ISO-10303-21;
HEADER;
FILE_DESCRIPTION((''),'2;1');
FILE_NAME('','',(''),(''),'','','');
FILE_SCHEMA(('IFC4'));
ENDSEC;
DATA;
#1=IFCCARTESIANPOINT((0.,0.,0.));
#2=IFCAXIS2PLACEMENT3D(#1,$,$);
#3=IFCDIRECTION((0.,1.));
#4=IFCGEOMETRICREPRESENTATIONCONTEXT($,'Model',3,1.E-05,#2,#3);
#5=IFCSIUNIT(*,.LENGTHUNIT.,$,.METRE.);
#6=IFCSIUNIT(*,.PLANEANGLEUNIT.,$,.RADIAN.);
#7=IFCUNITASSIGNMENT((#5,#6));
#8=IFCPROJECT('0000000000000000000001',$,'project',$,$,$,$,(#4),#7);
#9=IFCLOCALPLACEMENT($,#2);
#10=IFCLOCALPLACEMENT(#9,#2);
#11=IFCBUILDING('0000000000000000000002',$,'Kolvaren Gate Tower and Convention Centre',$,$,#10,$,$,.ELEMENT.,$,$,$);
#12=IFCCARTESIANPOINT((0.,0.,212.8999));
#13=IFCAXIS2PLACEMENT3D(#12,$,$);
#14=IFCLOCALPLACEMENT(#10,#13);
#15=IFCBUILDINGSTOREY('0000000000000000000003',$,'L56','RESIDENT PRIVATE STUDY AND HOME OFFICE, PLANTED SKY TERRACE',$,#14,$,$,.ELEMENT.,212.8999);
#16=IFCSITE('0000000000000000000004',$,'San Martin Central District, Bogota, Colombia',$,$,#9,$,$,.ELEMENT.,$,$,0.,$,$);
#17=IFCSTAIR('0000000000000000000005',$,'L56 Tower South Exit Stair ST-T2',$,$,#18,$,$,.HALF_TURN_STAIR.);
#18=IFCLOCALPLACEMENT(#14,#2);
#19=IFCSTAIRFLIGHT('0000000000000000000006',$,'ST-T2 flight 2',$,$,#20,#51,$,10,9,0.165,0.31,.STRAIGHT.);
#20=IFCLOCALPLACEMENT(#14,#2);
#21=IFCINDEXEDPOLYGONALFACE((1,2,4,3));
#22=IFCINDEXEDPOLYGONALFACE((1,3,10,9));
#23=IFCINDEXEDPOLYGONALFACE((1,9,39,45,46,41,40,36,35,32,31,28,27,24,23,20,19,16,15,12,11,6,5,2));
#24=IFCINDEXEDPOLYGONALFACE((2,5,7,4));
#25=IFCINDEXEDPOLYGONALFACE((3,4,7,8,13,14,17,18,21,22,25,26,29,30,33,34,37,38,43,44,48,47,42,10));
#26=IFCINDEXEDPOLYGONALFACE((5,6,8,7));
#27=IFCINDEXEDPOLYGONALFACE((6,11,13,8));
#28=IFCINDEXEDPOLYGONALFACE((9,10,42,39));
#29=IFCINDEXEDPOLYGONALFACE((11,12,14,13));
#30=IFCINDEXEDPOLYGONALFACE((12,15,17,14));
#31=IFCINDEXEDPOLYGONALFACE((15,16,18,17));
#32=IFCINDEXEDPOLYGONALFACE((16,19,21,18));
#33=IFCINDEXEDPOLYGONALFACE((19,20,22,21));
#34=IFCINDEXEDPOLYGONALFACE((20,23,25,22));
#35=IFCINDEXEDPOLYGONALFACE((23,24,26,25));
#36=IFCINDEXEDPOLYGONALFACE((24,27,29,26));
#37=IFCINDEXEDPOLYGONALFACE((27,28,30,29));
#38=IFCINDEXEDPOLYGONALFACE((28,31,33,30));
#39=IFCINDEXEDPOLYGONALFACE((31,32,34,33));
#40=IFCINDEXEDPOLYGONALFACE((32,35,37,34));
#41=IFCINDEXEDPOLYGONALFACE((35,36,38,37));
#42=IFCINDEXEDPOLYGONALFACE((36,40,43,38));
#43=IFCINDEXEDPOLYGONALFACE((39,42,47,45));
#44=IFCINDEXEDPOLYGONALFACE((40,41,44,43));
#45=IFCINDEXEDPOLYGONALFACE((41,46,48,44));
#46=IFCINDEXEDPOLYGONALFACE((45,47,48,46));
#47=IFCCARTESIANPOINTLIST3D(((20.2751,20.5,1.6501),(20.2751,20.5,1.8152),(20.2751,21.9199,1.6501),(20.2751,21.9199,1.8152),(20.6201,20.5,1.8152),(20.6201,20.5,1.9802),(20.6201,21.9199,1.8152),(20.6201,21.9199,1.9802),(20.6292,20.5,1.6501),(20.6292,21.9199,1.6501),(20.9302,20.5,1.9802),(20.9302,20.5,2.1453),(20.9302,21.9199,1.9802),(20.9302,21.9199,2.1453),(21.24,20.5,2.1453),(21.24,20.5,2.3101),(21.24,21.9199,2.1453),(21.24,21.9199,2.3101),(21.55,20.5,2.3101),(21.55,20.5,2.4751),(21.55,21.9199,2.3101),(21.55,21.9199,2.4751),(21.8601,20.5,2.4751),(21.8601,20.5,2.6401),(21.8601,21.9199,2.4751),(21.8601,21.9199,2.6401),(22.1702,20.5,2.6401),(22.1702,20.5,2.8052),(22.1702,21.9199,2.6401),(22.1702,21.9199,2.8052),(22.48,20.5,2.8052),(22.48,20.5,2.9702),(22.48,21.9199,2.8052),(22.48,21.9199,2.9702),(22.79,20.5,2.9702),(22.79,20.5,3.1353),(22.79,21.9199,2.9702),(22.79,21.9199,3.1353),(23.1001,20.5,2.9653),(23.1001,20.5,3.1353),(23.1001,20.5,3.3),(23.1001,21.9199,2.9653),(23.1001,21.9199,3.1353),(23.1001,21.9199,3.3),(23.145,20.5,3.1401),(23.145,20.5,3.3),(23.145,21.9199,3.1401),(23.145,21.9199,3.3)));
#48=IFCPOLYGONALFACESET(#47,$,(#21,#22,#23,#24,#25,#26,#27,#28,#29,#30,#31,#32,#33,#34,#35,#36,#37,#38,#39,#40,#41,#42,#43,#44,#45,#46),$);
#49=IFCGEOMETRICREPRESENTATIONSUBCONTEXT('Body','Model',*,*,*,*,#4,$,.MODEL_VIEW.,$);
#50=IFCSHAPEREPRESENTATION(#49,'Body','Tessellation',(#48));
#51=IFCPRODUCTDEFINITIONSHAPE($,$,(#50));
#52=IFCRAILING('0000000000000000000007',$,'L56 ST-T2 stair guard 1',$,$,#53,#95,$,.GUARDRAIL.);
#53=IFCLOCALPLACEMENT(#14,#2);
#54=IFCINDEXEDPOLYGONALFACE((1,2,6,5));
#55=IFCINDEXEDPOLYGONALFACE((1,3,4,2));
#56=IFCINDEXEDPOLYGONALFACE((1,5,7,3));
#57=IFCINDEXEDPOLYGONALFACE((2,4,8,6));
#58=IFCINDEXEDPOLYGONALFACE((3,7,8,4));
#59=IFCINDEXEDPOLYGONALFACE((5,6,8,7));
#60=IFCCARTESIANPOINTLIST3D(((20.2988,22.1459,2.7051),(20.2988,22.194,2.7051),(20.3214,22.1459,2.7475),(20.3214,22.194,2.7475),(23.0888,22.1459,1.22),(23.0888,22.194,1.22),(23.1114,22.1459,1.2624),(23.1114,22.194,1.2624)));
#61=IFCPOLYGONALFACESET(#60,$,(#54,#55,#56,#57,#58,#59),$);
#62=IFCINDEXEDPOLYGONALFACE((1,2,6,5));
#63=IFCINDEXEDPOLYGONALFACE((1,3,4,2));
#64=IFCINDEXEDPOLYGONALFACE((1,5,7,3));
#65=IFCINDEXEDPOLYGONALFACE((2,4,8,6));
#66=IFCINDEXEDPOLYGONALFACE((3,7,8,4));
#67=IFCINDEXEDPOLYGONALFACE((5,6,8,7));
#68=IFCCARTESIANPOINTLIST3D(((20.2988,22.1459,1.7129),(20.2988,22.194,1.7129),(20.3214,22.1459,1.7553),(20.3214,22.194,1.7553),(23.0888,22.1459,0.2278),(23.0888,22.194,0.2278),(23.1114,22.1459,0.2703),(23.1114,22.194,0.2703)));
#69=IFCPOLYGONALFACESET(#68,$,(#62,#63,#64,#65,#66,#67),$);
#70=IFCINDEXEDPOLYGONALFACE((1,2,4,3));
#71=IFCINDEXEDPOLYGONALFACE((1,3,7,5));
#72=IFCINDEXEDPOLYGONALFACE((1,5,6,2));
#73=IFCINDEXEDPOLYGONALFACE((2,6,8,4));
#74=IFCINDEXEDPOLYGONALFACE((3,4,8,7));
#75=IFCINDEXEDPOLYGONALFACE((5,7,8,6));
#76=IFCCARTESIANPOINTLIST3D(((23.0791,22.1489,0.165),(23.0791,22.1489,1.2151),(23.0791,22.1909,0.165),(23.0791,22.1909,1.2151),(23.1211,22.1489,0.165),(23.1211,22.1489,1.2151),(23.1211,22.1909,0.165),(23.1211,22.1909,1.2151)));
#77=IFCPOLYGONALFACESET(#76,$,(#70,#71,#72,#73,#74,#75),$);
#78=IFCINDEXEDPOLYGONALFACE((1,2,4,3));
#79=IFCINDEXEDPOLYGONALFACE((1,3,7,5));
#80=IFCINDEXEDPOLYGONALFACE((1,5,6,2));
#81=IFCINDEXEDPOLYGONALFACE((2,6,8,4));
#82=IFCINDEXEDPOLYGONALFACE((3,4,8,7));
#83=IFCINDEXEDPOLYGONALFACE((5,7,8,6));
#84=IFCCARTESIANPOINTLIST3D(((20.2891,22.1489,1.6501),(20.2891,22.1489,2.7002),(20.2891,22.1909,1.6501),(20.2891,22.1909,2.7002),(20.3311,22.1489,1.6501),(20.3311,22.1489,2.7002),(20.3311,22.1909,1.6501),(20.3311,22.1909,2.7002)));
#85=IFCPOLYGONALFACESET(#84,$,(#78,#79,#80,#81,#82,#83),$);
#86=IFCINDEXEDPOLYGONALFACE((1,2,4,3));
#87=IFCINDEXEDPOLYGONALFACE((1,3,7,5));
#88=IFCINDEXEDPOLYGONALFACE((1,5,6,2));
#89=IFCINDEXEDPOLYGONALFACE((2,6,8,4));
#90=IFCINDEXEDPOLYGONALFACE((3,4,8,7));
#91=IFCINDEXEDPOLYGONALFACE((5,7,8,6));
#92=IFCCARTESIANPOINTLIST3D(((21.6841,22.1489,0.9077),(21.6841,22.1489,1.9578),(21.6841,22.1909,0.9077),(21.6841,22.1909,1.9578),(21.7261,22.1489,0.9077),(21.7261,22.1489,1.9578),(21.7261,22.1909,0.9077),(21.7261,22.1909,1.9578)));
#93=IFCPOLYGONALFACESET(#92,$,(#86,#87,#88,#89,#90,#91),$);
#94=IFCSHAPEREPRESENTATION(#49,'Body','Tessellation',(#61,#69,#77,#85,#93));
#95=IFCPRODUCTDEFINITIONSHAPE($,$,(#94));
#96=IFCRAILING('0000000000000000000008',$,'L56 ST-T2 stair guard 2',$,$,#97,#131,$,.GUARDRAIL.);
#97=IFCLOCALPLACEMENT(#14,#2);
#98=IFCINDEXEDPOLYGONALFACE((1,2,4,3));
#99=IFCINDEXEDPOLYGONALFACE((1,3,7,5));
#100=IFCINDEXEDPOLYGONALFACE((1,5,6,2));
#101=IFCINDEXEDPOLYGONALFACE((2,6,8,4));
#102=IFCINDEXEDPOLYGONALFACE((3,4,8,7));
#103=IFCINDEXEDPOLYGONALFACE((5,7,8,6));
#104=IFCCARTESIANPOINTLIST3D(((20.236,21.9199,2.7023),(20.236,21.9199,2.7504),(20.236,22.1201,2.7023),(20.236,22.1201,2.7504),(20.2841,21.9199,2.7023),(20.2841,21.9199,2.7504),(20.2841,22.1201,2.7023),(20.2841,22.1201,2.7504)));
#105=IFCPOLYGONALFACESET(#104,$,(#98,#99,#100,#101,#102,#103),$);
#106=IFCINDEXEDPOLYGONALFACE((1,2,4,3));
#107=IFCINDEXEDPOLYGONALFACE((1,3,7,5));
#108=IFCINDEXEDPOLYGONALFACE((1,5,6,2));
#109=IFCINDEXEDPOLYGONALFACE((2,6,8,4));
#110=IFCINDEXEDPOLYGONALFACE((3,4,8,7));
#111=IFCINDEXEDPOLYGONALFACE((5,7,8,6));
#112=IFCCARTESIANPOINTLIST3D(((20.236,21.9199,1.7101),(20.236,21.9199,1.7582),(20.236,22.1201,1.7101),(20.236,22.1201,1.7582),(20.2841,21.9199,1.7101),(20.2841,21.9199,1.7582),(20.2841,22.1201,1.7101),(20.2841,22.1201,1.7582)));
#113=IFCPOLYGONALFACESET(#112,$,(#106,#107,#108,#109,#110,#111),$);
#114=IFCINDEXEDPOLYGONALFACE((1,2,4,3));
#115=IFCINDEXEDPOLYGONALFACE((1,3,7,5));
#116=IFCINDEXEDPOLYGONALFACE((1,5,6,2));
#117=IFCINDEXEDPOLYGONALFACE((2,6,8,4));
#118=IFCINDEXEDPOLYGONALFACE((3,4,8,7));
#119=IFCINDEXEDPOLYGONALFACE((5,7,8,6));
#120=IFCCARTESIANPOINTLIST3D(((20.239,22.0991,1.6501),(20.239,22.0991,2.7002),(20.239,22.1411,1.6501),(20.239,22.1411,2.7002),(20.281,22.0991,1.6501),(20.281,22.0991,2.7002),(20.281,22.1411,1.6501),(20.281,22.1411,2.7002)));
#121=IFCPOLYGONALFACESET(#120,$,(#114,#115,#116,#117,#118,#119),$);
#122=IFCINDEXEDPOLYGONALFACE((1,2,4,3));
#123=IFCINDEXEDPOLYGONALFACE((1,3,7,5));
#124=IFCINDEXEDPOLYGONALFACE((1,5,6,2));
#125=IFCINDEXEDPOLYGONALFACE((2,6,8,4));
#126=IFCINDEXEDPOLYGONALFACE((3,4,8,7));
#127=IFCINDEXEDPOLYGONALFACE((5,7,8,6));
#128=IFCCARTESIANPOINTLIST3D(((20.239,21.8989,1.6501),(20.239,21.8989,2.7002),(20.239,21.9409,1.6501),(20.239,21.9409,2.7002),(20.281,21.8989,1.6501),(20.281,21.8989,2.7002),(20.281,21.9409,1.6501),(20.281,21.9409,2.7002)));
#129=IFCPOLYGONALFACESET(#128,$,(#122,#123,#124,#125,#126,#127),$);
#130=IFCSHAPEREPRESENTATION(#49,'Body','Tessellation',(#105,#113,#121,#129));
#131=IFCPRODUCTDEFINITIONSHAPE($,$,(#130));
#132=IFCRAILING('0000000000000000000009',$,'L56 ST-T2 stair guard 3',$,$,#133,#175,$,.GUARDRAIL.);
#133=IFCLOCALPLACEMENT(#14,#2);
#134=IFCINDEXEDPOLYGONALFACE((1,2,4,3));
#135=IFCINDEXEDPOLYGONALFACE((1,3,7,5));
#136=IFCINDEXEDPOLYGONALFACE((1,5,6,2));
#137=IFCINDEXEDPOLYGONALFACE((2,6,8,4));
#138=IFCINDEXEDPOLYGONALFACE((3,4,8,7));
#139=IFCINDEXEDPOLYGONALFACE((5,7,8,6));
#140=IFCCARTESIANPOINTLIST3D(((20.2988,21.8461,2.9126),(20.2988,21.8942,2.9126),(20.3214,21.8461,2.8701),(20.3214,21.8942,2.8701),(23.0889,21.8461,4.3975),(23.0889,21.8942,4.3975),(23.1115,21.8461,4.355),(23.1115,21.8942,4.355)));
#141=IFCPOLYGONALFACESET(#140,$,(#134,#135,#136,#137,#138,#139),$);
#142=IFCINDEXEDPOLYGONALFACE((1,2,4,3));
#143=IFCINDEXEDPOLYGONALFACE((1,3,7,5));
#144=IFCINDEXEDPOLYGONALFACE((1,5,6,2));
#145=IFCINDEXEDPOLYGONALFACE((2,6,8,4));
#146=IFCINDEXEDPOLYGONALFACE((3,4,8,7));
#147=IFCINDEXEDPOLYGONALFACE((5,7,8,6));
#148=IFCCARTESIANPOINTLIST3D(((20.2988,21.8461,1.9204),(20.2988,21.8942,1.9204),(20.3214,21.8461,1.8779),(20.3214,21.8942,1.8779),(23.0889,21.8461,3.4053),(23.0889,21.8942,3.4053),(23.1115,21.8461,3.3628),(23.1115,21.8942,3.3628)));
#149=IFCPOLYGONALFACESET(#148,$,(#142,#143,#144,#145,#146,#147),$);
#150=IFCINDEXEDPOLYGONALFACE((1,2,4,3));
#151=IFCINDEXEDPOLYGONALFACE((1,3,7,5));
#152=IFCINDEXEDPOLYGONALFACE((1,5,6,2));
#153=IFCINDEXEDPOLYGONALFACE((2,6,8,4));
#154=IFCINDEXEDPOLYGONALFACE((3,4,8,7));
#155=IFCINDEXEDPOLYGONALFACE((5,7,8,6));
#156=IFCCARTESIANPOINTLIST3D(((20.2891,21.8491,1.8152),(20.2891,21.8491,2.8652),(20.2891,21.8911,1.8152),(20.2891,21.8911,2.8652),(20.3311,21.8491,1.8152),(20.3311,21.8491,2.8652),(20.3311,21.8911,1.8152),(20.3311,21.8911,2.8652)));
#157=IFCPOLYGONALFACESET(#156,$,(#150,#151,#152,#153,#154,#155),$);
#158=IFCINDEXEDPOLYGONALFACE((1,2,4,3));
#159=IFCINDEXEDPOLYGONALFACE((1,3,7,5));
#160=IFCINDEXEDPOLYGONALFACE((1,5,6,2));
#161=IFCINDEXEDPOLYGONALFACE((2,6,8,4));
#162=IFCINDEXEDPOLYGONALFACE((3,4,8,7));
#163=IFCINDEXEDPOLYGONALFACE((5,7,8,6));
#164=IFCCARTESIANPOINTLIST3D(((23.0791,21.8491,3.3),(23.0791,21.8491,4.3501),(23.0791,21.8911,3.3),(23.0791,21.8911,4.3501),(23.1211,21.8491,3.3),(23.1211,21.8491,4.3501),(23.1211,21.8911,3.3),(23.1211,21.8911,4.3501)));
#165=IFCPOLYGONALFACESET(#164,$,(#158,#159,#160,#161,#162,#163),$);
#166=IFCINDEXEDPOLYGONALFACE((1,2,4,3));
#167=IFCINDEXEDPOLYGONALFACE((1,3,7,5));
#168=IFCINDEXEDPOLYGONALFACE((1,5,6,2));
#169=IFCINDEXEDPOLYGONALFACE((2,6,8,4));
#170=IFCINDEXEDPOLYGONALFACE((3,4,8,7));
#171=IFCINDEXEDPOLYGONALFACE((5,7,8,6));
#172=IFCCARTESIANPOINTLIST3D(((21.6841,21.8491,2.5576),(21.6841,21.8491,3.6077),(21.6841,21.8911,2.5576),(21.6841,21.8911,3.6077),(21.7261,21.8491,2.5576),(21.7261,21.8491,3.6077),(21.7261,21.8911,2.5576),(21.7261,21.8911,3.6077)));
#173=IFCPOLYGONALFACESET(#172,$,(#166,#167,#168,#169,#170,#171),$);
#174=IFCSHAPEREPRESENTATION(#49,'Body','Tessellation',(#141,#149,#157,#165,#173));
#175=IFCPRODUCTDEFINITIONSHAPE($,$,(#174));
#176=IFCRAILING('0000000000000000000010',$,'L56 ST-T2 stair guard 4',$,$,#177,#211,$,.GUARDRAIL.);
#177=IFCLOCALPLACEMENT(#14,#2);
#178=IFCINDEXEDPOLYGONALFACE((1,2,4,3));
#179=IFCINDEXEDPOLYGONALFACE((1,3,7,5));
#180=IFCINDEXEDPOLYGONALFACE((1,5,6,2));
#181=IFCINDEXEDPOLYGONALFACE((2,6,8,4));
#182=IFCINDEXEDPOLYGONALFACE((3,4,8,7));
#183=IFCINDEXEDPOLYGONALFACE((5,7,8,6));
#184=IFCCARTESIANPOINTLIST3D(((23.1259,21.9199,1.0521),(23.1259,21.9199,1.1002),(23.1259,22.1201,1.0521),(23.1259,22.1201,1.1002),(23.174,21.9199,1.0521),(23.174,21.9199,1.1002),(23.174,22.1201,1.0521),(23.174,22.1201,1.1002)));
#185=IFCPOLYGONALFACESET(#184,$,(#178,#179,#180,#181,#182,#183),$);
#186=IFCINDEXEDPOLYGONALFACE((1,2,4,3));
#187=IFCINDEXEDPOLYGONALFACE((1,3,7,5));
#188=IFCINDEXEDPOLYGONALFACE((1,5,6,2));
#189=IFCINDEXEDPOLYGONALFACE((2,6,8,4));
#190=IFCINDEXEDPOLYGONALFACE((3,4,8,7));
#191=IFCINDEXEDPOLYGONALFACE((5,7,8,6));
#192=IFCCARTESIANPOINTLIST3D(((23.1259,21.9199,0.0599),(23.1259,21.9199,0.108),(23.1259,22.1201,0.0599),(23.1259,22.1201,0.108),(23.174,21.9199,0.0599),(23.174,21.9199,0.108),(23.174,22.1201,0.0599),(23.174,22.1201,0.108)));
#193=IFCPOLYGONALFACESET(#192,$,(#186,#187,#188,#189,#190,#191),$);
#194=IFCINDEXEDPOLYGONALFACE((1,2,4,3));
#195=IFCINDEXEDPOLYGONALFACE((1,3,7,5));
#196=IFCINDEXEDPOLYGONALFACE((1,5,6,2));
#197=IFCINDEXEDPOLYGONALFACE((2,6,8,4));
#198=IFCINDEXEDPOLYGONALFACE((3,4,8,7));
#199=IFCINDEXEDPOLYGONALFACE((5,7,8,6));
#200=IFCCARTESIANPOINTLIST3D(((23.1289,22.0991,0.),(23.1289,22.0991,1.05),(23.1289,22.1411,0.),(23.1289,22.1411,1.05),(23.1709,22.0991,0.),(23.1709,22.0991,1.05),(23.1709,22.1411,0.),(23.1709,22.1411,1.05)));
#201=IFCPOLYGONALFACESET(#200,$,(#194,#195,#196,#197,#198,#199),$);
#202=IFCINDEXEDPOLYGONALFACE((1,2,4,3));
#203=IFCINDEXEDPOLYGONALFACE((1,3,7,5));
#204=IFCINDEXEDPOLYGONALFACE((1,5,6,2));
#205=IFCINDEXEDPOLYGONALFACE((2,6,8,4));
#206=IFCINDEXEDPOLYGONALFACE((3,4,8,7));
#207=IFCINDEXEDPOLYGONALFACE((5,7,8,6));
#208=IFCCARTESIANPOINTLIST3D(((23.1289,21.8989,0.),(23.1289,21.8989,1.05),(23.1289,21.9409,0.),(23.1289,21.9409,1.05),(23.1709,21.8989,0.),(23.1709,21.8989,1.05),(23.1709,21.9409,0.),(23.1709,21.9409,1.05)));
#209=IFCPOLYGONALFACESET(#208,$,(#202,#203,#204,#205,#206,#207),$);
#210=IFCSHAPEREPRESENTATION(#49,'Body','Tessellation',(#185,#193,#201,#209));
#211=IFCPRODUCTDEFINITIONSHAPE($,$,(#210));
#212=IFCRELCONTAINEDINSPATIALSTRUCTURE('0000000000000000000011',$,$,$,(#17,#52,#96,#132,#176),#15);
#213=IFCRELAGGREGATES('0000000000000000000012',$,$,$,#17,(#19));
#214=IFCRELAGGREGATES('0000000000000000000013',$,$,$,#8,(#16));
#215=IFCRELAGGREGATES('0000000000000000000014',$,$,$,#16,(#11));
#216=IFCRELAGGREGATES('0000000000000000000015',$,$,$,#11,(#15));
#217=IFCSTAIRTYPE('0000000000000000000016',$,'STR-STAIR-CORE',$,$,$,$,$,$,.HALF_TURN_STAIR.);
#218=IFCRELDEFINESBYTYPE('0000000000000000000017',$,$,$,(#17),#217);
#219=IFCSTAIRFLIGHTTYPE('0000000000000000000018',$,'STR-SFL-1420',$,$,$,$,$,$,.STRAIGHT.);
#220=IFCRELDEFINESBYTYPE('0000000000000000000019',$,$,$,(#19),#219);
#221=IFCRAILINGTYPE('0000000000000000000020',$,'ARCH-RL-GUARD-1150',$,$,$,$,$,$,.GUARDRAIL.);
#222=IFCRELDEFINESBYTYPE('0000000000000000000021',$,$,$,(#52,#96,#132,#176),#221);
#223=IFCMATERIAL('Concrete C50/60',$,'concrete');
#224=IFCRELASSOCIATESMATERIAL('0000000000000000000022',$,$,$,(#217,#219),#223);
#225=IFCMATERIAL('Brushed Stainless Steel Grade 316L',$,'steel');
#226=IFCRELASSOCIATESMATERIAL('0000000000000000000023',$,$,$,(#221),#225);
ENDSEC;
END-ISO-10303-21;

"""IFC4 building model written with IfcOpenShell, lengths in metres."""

from ifc_helpers import new_model, si_unit, direction, frame, origin, origin_2d, place, context, subcontext, project, spatial, polyline, rectangle, outline, extrude, material, type_object, element, aggregate, save


model = new_model("IFC4")

# Units and contexts
model_context = context("Model", 3, precision=1e-05, world=origin(), true_north=direction((0.0, 1.0)))
body_context = subcontext(model_context, "Body", "Model", "MODEL_VIEW")
ifc_project = project(units=[si_unit("LENGTHUNIT", "METRE"), si_unit("PLANEANGLEUNIT", "RADIAN")], contexts=[model_context])

# Site, building, storey
site_placement = place(None, origin())
site = spatial("IfcSite", under=ifc_project, at=site_placement, Name="San Martin Central District, Bogota, Colombia", CompositionType="ELEMENT", RefElevation=0.0)
building_placement = place(site_placement, origin())
building = spatial("IfcBuilding", under=site, at=building_placement, Name="Kolvaren Gate Tower and Convention Centre", CompositionType="ELEMENT")
storey_placement = place(building_placement, frame((0.0, 0.0, 212.8999)))
storey = spatial("IfcBuildingStorey", under=building, at=storey_placement, Name="L56", Description="RESIDENT PRIVATE STUDY AND HOME OFFICE, PLANTED SKY TERRACE", CompositionType="ELEMENT", Elevation=212.8999)

# Shared definitions
ifc_material_1 = material(Name="Concrete C50/60", Category="concrete")

# Shared definitions
ifc_material_2 = material(Name="Brushed Stainless Steel Grade 316L", Category="steel")

# Stair, stair flight
stair_type = type_object("IfcStairType", Name="STR-STAIR-CORE", PredefinedType="HALF_TURN_STAIR", material=ifc_material_1)
stair_placement = place(storey_placement, origin())
stair = element("IfcStair", 1, at=stair_placement, inside=storey, type_object=stair_type, Name="L56 Tower South Exit Stair ST-T2", PredefinedType="HALF_TURN_STAIR")
stair_flight_type = type_object("IfcStairFlightType", Name="STR-SFL-1420", PredefinedType="STRAIGHT", material=ifc_material_1)
stair_flight_1_placement = place(storey_placement, frame((20.3101, 21.21, 1.6501), z_axis=(0.0, 0.0, 1.0), x_axis=(1.0, 0.0, 0.0)))
stair_flight_1 = element("IfcStairFlight", 2, at=stair_flight_1_placement, type_object=stair_flight_type, Name="ST-T2 flight 2", NumberOfRisers=10, NumberOfTreads=9, PredefinedType="STRAIGHT", RiserHeight=0.165, TreadLength=0.31, context=body_context, shape_type="SweptSolid", body=[
    extrude(outline(polyline([(-0.0349, 0.0), (-0.0349, 0.165), (0.3101, 0.165), (0.3101, 0.3301), (0.6201, 0.3301), (0.6201, 0.4951), (0.9299, 0.4951), (0.9299, 0.6599), (1.24, 0.6599), (1.24, 0.825), (1.55, 0.825), (1.55, 0.99), (1.8601, 0.99), (1.8601, 1.155), (2.1699, 1.155), (2.1699, 1.3201), (2.48, 1.3201), (2.48, 1.4851), (2.79, 1.4851), (2.79, 1.6499), (2.835, 1.6499), (2.835, 1.49), (2.79, 1.3152), (0.3191, 0.0), (-0.0349, 0.0)])), frame((0.0, 0.71, 0.0), z_axis=(0.0, -1.0, 0.0), x_axis=(1.0, 0.0, 0.0)), (0.0, 0.0, 1.0), 1.4199),
])
aggregate(stair, [stair_flight_1])

# Railings
railing_type_1 = type_object("IfcRailingType", Name="ARCH-RL-GUARD-1150", PredefinedType="GUARDRAIL", material=ifc_material_2)
railing_1_placement = place(storey_placement, frame((23.1001, 22.1699, 0.165)))
element("IfcRailing", 3, at=railing_1_placement, inside=storey, type_object=railing_type_1, Name="L56 ST-T2 stair guard 1", PredefinedType="GUARDRAIL", context=body_context, shape_type="SweptSolid", body=[
    extrude(rectangle(XDim=0.0481, YDim=0.0481, at=origin_2d()), frame((0.0, 0.0, 1.0762), z_axis=(-0.882735, 0.0, 0.46987), x_axis=(0.0, -1.0, 0.0)), (0.0, 0.0, 1.0), 3.1606),
    extrude(rectangle(XDim=0.0481, YDim=0.0481, at=origin_2d()), frame((0.0, 0.0, 0.084), z_axis=(-0.882735, 0.0, 0.46987), x_axis=(0.0, -1.0, 0.0)), (0.0, 0.0, 1.0), 3.1606),
    extrude(rectangle(XDim=0.042, YDim=0.042, at=origin_2d()), origin(), (0.0, 0.0, 1.0), 1.05),
    extrude(rectangle(XDim=0.042, YDim=0.042, at=origin_2d()), frame((-2.79, 0.0, 1.4851)), (0.0, 0.0, 1.0), 1.05),
    extrude(rectangle(XDim=0.042, YDim=0.042, at=origin_2d()), frame((-1.395, 0.0, 0.7427)), (0.0, 0.0, 1.0), 1.05),
])
railing_2_placement = place(storey_placement, frame((20.26, 22.1201, 1.6501)))
element("IfcRailing", 4, at=railing_2_placement, inside=storey, type_object=railing_type_1, Name="L56 ST-T2 stair guard 2", PredefinedType="GUARDRAIL", context=body_context, shape_type="SweptSolid", body=[
    extrude(rectangle(XDim=0.0481, YDim=0.0481, at=origin_2d()), frame((0.0, 0.0, 1.0762), z_axis=(0.0, -1.0, 0.0), x_axis=(1.0, 0.0, 0.0)), (0.0, 0.0, 1.0), 0.2002),
    extrude(rectangle(XDim=0.0481, YDim=0.0481, at=origin_2d()), frame((0.0, 0.0, 0.084), z_axis=(0.0, -1.0, 0.0), x_axis=(1.0, 0.0, 0.0)), (0.0, 0.0, 1.0), 0.2002),
    extrude(rectangle(XDim=0.042, YDim=0.042, at=origin_2d()), origin(), (0.0, 0.0, 1.0), 1.05),
    extrude(rectangle(XDim=0.042, YDim=0.042, at=origin_2d()), frame((0.0, -0.2002, 0.0)), (0.0, 0.0, 1.0), 1.05),
])
railing_3_placement = place(storey_placement, frame((20.3101, 21.8701, 1.8152)))
element("IfcRailing", 5, at=railing_3_placement, inside=storey, type_object=railing_type_1, Name="L56 ST-T2 stair guard 3", PredefinedType="GUARDRAIL", context=body_context, shape_type="SweptSolid", body=[
    extrude(rectangle(XDim=0.0481, YDim=0.0481, at=origin_2d()), frame((0.0, 0.0, 1.0762), z_axis=(0.882767, 0.0, 0.46981), x_axis=(0.0, 1.0, 0.0)), (0.0, 0.0, 1.0), 3.1606),
    extrude(rectangle(XDim=0.0481, YDim=0.0481, at=origin_2d()), frame((0.0, 0.0, 0.084), z_axis=(0.882767, 0.0, 0.46981), x_axis=(0.0, 1.0, 0.0)), (0.0, 0.0, 1.0), 3.1606),
    extrude(rectangle(XDim=0.042, YDim=0.042, at=origin_2d()), origin(), (0.0, 0.0, 1.0), 1.05),
    extrude(rectangle(XDim=0.042, YDim=0.042, at=origin_2d()), frame((2.79, 0.0, 1.4849)), (0.0, 0.0, 1.0), 1.05),
    extrude(rectangle(XDim=0.042, YDim=0.042, at=origin_2d()), frame((1.395, 0.0, 0.7424)), (0.0, 0.0, 1.0), 1.05),
])
railing_4_placement = place(storey_placement, frame((23.1499, 22.1201, 0.0)))
element("IfcRailing", 6, at=railing_4_placement, inside=storey, type_object=railing_type_1, Name="L56 ST-T2 stair guard 4", PredefinedType="GUARDRAIL", context=body_context, shape_type="SweptSolid", body=[
    extrude(rectangle(XDim=0.0481, YDim=0.0481, at=origin_2d()), frame((0.0, 0.0, 1.0762), z_axis=(0.0, -1.0, 0.0), x_axis=(1.0, 0.0, 0.0)), (0.0, 0.0, 1.0), 0.2002),
    extrude(rectangle(XDim=0.0481, YDim=0.0481, at=origin_2d()), frame((0.0, 0.0, 0.084), z_axis=(0.0, -1.0, 0.0), x_axis=(1.0, 0.0, 0.0)), (0.0, 0.0, 1.0), 0.2002),
    extrude(rectangle(XDim=0.042, YDim=0.042, at=origin_2d()), origin(), (0.0, 0.0, 1.0), 1.05),
    extrude(rectangle(XDim=0.042, YDim=0.042, at=origin_2d()), frame((0.0, -0.2002, 0.0)), (0.0, 0.0, 1.0), 1.05),
])

save(model, "model.ifc")
